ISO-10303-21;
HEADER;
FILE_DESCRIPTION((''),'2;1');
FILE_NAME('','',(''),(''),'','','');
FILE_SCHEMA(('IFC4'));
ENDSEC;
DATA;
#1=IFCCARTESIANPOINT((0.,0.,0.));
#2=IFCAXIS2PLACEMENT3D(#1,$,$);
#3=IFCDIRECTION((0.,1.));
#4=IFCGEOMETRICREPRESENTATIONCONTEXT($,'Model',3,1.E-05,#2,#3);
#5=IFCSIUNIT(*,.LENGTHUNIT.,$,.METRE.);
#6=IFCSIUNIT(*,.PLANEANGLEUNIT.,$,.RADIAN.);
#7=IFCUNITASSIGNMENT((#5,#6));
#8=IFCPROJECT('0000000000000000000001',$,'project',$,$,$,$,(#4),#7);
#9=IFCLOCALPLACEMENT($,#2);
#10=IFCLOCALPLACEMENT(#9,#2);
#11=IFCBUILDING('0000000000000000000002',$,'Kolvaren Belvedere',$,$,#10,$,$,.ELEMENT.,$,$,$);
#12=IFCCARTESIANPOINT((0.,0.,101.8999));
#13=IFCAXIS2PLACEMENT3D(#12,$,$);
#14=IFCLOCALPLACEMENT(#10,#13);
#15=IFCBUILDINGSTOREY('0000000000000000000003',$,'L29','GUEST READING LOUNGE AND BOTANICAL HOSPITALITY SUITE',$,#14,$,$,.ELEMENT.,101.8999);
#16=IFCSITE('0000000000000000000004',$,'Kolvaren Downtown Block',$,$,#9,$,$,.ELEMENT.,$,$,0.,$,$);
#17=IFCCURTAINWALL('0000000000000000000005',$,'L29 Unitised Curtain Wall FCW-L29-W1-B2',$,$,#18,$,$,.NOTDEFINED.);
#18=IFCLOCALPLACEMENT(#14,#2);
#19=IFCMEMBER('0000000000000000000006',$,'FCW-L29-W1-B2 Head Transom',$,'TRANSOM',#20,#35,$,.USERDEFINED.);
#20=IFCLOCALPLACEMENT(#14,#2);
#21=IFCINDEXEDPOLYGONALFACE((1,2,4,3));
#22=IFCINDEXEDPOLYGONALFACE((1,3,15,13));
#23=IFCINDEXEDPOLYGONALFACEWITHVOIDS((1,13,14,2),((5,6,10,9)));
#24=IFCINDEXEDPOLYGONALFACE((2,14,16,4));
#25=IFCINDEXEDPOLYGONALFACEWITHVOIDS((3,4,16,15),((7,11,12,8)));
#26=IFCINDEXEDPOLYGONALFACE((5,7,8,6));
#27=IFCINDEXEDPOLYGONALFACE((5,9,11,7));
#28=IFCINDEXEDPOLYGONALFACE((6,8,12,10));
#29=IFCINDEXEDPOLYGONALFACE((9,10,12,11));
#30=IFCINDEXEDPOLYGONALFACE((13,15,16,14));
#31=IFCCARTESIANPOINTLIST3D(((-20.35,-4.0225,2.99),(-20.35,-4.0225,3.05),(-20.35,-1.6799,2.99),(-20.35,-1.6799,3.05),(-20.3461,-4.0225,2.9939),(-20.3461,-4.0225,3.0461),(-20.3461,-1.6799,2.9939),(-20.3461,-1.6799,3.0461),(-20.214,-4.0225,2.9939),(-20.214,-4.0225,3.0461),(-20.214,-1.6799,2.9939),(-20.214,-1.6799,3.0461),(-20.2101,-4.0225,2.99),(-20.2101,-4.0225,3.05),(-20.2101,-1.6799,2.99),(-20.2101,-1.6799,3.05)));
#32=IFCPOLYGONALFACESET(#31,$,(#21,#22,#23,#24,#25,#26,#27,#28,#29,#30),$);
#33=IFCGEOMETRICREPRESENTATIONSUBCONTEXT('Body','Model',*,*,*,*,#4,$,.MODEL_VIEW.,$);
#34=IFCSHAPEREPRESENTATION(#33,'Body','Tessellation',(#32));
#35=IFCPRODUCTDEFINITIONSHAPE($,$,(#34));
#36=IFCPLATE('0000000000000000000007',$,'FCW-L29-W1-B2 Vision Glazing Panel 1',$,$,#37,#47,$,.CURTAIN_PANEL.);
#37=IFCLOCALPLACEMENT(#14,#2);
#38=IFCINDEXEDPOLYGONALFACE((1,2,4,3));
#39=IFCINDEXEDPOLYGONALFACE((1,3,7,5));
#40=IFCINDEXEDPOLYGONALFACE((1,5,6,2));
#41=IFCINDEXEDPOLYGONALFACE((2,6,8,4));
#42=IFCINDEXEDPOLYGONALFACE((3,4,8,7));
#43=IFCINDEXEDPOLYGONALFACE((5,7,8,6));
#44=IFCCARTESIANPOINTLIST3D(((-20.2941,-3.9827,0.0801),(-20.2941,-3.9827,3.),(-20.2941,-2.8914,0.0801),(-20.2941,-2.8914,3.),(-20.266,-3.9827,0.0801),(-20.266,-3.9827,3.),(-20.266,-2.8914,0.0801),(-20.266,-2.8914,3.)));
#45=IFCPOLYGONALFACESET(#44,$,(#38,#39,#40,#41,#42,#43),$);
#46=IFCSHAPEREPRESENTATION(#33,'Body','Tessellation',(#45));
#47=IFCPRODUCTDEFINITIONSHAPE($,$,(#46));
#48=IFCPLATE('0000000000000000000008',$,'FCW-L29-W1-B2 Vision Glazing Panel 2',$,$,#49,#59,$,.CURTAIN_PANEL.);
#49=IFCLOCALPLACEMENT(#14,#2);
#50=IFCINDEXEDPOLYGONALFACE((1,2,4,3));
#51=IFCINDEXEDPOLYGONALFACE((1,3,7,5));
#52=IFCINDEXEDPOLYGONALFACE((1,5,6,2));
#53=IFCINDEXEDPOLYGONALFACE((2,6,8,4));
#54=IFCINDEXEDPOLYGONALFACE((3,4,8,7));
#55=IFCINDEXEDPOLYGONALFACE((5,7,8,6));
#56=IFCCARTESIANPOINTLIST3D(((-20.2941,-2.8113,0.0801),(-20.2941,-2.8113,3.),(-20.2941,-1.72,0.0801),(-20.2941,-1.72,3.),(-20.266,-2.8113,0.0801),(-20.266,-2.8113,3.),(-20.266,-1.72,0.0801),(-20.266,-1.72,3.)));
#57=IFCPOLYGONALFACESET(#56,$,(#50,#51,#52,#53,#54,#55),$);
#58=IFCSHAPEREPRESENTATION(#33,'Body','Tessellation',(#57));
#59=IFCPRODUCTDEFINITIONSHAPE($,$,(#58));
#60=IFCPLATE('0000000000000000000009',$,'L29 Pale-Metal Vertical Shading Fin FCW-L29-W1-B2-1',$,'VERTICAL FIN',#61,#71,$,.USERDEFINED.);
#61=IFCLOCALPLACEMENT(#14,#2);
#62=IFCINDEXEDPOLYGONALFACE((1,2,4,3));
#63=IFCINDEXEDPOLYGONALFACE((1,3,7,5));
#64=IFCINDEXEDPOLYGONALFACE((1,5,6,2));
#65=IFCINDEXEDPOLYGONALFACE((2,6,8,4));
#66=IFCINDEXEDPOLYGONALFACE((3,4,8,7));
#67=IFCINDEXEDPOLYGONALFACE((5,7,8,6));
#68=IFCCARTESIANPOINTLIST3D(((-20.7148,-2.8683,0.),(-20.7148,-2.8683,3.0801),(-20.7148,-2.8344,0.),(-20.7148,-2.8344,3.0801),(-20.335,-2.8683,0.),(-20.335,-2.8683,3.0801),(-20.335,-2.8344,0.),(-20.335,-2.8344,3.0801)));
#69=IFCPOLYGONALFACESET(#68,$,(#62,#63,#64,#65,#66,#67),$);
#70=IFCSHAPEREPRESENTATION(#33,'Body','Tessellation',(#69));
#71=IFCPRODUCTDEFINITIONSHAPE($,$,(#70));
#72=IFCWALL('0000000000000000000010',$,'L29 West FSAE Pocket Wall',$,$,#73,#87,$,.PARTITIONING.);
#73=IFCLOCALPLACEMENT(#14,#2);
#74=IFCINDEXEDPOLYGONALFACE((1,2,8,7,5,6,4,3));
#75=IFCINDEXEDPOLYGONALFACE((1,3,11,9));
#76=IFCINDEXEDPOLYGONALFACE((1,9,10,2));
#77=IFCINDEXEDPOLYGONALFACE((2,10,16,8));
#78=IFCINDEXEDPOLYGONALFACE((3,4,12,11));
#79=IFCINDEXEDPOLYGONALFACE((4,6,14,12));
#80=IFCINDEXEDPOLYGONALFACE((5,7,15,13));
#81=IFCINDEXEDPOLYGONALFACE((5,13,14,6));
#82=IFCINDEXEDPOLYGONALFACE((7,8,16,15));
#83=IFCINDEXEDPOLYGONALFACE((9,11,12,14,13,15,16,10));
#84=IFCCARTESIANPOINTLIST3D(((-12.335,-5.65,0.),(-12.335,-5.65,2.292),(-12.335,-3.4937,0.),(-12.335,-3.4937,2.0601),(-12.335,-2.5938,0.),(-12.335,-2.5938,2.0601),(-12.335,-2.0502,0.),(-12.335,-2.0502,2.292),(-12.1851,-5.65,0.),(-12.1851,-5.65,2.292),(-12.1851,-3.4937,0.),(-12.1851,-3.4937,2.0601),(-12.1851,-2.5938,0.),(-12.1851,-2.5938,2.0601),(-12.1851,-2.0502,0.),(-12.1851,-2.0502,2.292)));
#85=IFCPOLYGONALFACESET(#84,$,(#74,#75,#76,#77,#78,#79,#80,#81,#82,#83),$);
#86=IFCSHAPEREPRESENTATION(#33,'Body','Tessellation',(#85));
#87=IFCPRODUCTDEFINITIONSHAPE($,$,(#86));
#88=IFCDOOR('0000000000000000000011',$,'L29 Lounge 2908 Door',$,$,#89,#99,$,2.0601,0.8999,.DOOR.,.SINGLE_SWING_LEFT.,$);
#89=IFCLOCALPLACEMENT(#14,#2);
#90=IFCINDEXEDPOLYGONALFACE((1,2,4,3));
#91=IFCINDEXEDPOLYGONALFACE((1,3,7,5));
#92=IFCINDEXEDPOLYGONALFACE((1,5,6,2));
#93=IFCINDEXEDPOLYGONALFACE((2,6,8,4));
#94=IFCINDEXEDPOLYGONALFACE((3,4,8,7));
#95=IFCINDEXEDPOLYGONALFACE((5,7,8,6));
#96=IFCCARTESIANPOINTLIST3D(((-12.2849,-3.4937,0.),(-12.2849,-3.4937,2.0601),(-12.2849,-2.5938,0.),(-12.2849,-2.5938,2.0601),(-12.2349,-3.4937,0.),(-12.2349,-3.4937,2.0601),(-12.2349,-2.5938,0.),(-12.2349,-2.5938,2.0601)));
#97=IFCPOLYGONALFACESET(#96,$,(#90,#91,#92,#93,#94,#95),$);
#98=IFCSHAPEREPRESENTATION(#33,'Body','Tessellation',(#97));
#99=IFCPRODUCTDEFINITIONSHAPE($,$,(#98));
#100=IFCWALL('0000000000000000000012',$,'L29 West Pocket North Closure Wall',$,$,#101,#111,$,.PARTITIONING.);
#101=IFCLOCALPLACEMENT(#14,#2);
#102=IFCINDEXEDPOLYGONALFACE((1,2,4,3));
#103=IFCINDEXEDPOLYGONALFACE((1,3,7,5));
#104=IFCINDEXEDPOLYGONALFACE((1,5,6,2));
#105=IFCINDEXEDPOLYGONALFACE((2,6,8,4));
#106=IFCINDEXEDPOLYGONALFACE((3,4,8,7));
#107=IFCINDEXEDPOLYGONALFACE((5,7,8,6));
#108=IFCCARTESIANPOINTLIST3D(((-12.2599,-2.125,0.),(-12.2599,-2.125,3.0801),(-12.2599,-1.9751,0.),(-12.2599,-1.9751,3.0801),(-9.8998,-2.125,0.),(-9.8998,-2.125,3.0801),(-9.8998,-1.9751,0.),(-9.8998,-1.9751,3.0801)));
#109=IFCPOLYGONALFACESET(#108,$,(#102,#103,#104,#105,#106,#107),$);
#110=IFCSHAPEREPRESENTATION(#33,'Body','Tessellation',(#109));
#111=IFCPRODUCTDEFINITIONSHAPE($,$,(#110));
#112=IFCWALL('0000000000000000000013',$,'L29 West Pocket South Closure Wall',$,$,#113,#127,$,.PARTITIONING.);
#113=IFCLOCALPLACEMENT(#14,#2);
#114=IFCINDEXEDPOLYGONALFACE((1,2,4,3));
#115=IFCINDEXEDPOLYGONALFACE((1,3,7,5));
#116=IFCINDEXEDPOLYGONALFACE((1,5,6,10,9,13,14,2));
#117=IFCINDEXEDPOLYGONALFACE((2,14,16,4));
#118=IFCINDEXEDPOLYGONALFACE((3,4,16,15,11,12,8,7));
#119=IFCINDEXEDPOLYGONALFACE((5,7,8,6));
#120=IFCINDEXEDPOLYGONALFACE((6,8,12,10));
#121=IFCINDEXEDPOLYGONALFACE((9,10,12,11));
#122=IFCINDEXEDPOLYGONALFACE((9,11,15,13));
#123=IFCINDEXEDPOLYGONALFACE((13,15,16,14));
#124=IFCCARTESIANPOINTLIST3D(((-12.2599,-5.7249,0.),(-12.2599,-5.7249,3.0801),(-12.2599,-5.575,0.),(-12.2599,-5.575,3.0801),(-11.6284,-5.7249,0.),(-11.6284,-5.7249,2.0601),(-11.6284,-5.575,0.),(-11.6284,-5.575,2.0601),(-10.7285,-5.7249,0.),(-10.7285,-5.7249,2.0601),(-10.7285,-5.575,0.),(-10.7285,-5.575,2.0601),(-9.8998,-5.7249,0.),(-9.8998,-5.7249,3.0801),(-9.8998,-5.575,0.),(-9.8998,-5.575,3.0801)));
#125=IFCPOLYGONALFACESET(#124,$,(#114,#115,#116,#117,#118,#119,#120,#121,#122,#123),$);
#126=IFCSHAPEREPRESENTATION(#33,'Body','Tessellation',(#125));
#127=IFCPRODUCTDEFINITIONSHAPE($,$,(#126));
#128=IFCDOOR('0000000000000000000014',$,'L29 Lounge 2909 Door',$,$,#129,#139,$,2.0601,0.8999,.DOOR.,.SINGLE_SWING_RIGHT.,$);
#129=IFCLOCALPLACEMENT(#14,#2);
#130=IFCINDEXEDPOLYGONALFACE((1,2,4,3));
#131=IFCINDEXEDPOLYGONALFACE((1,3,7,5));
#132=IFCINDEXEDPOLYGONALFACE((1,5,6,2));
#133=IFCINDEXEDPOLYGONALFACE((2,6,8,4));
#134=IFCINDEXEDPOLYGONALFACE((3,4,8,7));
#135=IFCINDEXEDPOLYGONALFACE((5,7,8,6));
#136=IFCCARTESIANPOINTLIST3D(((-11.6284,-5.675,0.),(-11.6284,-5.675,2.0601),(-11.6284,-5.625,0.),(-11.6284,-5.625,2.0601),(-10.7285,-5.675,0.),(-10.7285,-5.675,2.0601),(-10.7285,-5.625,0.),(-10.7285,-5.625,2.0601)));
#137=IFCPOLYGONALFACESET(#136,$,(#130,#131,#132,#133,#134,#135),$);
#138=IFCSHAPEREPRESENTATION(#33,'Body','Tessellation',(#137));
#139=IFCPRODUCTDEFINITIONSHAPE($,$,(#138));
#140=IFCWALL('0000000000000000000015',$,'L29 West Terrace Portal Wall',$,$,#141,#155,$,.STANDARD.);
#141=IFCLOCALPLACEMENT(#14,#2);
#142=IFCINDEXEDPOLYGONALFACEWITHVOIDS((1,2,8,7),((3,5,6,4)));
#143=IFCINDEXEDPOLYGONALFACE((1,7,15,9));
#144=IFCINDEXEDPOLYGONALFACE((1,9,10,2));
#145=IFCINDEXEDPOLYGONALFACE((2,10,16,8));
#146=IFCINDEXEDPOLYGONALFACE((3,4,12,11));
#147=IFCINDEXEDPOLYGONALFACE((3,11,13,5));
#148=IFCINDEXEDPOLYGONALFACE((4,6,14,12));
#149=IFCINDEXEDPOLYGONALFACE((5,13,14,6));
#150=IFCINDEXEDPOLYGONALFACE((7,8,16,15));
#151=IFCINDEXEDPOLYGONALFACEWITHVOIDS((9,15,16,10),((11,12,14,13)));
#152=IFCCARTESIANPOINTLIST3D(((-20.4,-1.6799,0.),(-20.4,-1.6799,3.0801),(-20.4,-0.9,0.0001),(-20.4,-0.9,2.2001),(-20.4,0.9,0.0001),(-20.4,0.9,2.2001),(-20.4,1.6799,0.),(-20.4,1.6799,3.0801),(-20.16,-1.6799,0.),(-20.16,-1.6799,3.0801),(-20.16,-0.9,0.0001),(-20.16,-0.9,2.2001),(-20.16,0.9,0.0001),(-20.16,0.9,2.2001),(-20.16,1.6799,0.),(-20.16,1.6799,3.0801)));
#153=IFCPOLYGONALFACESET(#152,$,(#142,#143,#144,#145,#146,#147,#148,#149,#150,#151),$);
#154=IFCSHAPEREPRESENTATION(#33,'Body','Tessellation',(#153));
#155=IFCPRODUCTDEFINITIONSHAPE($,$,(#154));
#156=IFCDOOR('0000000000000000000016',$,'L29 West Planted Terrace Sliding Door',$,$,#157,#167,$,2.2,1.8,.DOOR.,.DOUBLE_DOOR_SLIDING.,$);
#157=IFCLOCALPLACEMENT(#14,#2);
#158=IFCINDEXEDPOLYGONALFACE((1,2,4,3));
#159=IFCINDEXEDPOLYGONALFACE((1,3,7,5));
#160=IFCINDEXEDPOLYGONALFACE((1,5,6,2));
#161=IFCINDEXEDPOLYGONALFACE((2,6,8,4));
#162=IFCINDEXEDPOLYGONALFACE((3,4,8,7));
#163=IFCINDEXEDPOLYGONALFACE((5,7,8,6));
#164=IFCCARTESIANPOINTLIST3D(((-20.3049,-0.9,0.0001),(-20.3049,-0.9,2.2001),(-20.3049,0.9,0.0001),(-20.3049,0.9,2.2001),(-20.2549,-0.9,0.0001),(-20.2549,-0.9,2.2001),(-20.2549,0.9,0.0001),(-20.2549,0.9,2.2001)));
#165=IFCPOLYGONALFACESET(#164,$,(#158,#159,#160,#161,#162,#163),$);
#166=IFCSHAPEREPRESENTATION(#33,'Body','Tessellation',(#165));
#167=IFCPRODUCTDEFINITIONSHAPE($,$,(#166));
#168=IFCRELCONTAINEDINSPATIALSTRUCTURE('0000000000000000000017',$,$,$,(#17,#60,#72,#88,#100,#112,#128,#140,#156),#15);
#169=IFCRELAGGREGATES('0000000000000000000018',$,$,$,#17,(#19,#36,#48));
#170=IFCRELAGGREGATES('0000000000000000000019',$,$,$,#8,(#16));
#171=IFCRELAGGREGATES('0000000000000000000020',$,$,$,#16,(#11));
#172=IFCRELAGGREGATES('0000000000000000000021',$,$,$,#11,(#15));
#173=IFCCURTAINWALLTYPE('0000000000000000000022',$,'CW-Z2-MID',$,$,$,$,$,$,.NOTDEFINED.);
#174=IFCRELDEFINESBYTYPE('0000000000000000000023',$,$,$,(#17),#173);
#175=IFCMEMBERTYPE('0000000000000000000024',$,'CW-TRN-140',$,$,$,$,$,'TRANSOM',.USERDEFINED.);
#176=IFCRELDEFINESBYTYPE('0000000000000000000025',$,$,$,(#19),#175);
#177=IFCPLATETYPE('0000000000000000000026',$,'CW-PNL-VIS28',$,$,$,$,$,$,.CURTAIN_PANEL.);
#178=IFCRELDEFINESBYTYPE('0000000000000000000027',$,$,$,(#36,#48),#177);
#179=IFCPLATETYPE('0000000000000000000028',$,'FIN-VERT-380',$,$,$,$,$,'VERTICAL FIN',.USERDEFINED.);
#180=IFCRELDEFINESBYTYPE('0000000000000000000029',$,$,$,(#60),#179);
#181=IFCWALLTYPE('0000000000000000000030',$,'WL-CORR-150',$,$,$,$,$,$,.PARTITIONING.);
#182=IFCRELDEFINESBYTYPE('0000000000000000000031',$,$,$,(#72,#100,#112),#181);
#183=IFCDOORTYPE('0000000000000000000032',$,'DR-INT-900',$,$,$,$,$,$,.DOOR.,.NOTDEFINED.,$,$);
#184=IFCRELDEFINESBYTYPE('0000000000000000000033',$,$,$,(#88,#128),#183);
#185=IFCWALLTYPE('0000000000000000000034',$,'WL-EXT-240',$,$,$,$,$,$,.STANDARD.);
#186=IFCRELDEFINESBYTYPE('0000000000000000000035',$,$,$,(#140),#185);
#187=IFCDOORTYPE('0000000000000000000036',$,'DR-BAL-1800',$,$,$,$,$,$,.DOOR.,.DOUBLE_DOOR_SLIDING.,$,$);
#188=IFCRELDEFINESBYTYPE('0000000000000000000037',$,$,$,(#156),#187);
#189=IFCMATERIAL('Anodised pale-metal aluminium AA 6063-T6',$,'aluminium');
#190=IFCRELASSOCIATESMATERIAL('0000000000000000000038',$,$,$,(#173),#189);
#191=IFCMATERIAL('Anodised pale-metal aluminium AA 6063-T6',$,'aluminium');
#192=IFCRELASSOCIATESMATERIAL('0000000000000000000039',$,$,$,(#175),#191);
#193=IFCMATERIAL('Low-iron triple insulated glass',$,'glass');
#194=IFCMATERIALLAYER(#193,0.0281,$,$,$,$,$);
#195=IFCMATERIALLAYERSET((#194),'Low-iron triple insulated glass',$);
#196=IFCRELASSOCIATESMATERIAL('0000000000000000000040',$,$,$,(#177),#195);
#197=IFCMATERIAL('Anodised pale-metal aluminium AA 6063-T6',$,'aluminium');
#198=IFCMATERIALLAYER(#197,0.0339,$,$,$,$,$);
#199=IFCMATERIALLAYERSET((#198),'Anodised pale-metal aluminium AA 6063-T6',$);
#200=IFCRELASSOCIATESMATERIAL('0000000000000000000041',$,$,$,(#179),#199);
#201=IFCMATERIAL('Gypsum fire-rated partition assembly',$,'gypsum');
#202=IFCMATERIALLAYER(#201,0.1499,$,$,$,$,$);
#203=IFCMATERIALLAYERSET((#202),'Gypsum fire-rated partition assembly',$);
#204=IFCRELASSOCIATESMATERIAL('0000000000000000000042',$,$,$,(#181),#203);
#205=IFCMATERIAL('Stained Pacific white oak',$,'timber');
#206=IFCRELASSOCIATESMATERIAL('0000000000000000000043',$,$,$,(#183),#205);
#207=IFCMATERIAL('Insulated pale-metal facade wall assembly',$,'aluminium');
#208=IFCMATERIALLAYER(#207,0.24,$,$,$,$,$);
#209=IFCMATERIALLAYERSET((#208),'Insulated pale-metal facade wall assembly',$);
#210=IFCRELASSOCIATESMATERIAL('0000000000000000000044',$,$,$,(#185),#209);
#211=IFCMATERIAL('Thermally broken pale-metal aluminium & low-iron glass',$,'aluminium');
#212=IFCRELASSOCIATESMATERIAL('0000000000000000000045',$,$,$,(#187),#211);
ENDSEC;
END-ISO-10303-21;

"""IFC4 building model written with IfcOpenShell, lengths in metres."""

from ifc_helpers import new_model, si_unit, direction, frame, frame_2d, origin, origin_2d, place, context, subcontext, project, spatial, rectangle, hollow_rectangle, extrude, material, layer, layer_set, material_profile, profile_set, type_object, element, fill, aggregate, save


model = new_model("IFC4")

# Units and contexts
model_context = context("Model", 3, precision=1e-05, world=origin(), true_north=direction((0.0, 1.0)))
body_context = subcontext(model_context, "Body", "Model", "MODEL_VIEW")
ifc_project = project(units=[si_unit("LENGTHUNIT", "METRE"), si_unit("PLANEANGLEUNIT", "RADIAN")], contexts=[model_context])

# Site, building, storey
site_placement = place(None, origin())
site = spatial("IfcSite", under=ifc_project, at=site_placement, Name="Kolvaren Downtown Block", CompositionType="ELEMENT", RefElevation=0.0)
building_placement = place(site_placement, origin())
building = spatial("IfcBuilding", under=site, at=building_placement, Name="Kolvaren Belvedere", CompositionType="ELEMENT")
storey_placement = place(building_placement, frame((0.0, 0.0, 101.8999)))
storey = spatial("IfcBuildingStorey", under=building, at=storey_placement, Name="L29", Description="GUEST READING LOUNGE AND BOTANICAL HOSPITALITY SUITE", CompositionType="ELEMENT", Elevation=101.8999)

# Shared definitions
ifc_material_1 = material(Name="Anodised pale-metal aluminium AA 6063-T6", Category="aluminium")
curtain_wall_type = type_object("IfcCurtainWallType", Name="CW-Z2-MID", PredefinedType="NOTDEFINED", material=ifc_material_1)

# Curtain wall, member, plates
curtain_wall_1_placement = place(storey_placement, origin())
curtain_wall_1 = element("IfcCurtainWall", 1, at=curtain_wall_1_placement, inside=storey, type_object=curtain_wall_type, Name="L29 Unitised Curtain Wall FCW-L29-W1-B2", PredefinedType="NOTDEFINED")
ifc_material_2 = material(Name="Anodised pale-metal aluminium AA 6063-T6", Category="aluminium")
ifc_material_profile_1 = material_profile(ifc_material_2, hollow_rectangle(XDim=0.0601, YDim=0.1399, WallThickness=0.0039, at=origin_2d()), Name="ALU-TRN-140X60")
ifc_profile_set_1 = profile_set([ifc_material_profile_1], Name="Anodised pale-metal aluminium AA 6063-T6")
member_type_1 = type_object("IfcMemberType", Name="CW-TRN-140", ElementType="TRANSOM", PredefinedType="USERDEFINED", material=ifc_profile_set_1)
member_1_placement = place(storey_placement, frame((-20.28, -4.0225, 3.02), z_axis=(0.0, 1.0, 0.0), x_axis=(0.0, 0.0, 1.0)))
member_1 = element("IfcMember", 2, at=member_1_placement, type_object=member_type_1, Name="FCW-L29-W1-B2 Head Transom", ObjectType="TRANSOM", PredefinedType="USERDEFINED", context=body_context, shape_type="SweptSolid", body=[
    extrude(hollow_rectangle(XDim=0.0601, YDim=0.1399, WallThickness=0.0039, at=origin_2d()), origin(), (0.0, 0.0, 1.0), 2.3425),
])
ifc_material_3 = material(Name="Low-iron triple insulated glass", Category="glass")
ifc_layer_1 = layer(ifc_material_3, 0.0281)
ifc_layer_set_1 = layer_set([ifc_layer_1], Name="Low-iron triple insulated glass")
plate_type_1 = type_object("IfcPlateType", Name="CW-PNL-VIS28", PredefinedType="CURTAIN_PANEL", material=ifc_layer_set_1)
plate_1_placement = place(storey_placement, frame((-20.28, -3.437, 0.0801), z_axis=(0.0, 0.0, 1.0), x_axis=(0.0, 1.0, 0.0)))
plate_1 = element("IfcPlate", 3, at=plate_1_placement, type_object=plate_type_1, Name="FCW-L29-W1-B2 Vision Glazing Panel 1", PredefinedType="CURTAIN_PANEL", context=body_context, shape_type="SweptSolid", body=[
    extrude(rectangle(XDim=1.0913, YDim=0.0281, at=origin_2d()), origin(), (0.0, 0.0, 1.0), 2.9199),
])
plate_2_placement = place(storey_placement, frame((-20.28, -2.2656, 0.0801), z_axis=(0.0, 0.0, 1.0), x_axis=(0.0, 1.0, 0.0)))
plate_2 = element("IfcPlate", 4, at=plate_2_placement, type_object=plate_type_1, Name="FCW-L29-W1-B2 Vision Glazing Panel 2", PredefinedType="CURTAIN_PANEL", context=body_context, shape_type="SweptSolid", body=[
    extrude(rectangle(XDim=1.0913, YDim=0.0281, at=origin_2d()), origin(), (0.0, 0.0, 1.0), 2.9199),
])
aggregate(curtain_wall_1, [member_1, plate_1, plate_2])

# Plate
ifc_material_4 = material(Name="Anodised pale-metal aluminium AA 6063-T6", Category="aluminium")
ifc_layer_2 = layer(ifc_material_4, 0.0339)
ifc_layer_set_2 = layer_set([ifc_layer_2], Name="Anodised pale-metal aluminium AA 6063-T6")
plate_type_2 = type_object("IfcPlateType", Name="FIN-VERT-380", ElementType="VERTICAL FIN", PredefinedType="USERDEFINED", material=ifc_layer_set_2)
plate_3_placement = place(storey_placement, frame((-20.5249, -2.8513, 0.0), z_axis=(0.0, 0.0, 1.0), x_axis=(1.0, 0.0, 0.0)))
element("IfcPlate", 5, at=plate_3_placement, inside=storey, type_object=plate_type_2, Name="L29 Pale-Metal Vertical Shading Fin FCW-L29-W1-B2-1", ObjectType="VERTICAL FIN", PredefinedType="USERDEFINED", context=body_context, shape_type="SweptSolid", body=[
    extrude(rectangle(XDim=0.3799, YDim=0.0339, at=origin_2d()), origin(), (0.0, 0.0, 1.0), 3.0801),
])

# Wall, opening, door
ifc_material_5 = material(Name="Gypsum fire-rated partition assembly", Category="gypsum")
ifc_layer_3 = layer(ifc_material_5, 0.1499)
ifc_layer_set_3 = layer_set([ifc_layer_3], Name="Gypsum fire-rated partition assembly")
wall_type_1 = type_object("IfcWallType", Name="WL-CORR-150", PredefinedType="PARTITIONING", material=ifc_layer_set_3)
wall_1_placement = place(storey_placement, frame((-12.26, -5.6499, 0.0), z_axis=(0.0, 0.0, 1.0), x_axis=(0.0, 1.0, 0.0)))
wall_1 = element("IfcWall", 6, at=wall_1_placement, inside=storey, type_object=wall_type_1, Name="L29 West FSAE Pocket Wall", PredefinedType="PARTITIONING", context=body_context, shape_type="SweptSolid", body=[
    extrude(rectangle(XDim=3.5999, YDim=0.1499, at=frame_2d((1.7998, 0.0))), origin(), (0.0, 0.0, 1.0), 2.292),
])
opening_1_placement = place(wall_1_placement, frame((2.1562, 0.0, 0.0)))
opening_1 = element("IfcOpeningElement", 7, at=opening_1_placement, cuts=wall_1, PredefinedType="OPENING", context=body_context, shape_type="SweptSolid", body=[
    extrude(rectangle(XDim=0.8999, YDim=2.0601, at=frame_2d((0.45, 1.03))), frame((0.0, 0.085, 0.0), z_axis=(0.0, -1.0, 0.0), x_axis=(1.0, 0.0, 0.0)), (0.0, 0.0, 1.0), 0.1699),
])
ifc_material_6 = material(Name="Stained Pacific white oak", Category="timber")
door_type_1 = type_object("IfcDoorType", Name="DR-INT-900", OperationType="NOTDEFINED", PredefinedType="DOOR", material=ifc_material_6)
door_1_placement = place(opening_1_placement, origin())
door_1 = element("IfcDoor", 8, at=door_1_placement, inside=storey, type_object=door_type_1, Name="L29 Lounge 2908 Door", OperationType="SINGLE_SWING_LEFT", OverallHeight=2.0601, OverallWidth=0.8999, PredefinedType="DOOR", context=body_context, shape_type="SweptSolid", body=[
    extrude(rectangle(XDim=0.8999, YDim=2.0601, at=frame_2d((0.45, 1.03))), frame((0.0, 0.0249, 0.0), z_axis=(0.0, -1.0, 0.0), x_axis=(1.0, 0.0, 0.0)), (0.0, 0.0, 1.0), 0.05),
])
fill(opening_1, door_1)

# Wall
wall_2_placement = place(storey_placement, frame((-12.26, -2.05, 0.0), z_axis=(0.0, 0.0, 1.0), x_axis=(1.0, 0.0, 0.0)))
element("IfcWall", 9, at=wall_2_placement, inside=storey, type_object=wall_type_1, Name="L29 West Pocket North Closure Wall", PredefinedType="PARTITIONING", context=body_context, shape_type="SweptSolid", body=[
    extrude(rectangle(XDim=2.3601, YDim=0.1499, at=frame_2d((1.1802, 0.0))), origin(), (0.0, 0.0, 1.0), 3.0801),
])

# Walls, openings, doors
wall_3_placement = place(storey_placement, frame((-12.26, -5.6499, 0.0), z_axis=(0.0, 0.0, 1.0), x_axis=(1.0, 0.0, 0.0)))
wall_3 = element("IfcWall", 10, at=wall_3_placement, inside=storey, type_object=wall_type_1, Name="L29 West Pocket South Closure Wall", PredefinedType="PARTITIONING", context=body_context, shape_type="SweptSolid", body=[
    extrude(rectangle(XDim=2.3601, YDim=0.1499, at=frame_2d((1.1802, 0.0))), origin(), (0.0, 0.0, 1.0), 3.0801),
])
opening_2_placement = place(wall_3_placement, frame((0.6316, 0.0, 0.0)))
opening_2 = element("IfcOpeningElement", 11, at=opening_2_placement, cuts=wall_3, PredefinedType="OPENING", context=body_context, shape_type="SweptSolid", body=[
    extrude(rectangle(XDim=0.8999, YDim=2.0601, at=frame_2d((0.45, 1.03))), frame((0.0, 0.085, 0.0), z_axis=(0.0, -1.0, 0.0), x_axis=(1.0, 0.0, 0.0)), (0.0, 0.0, 1.0), 0.1699),
])
door_2_placement = place(opening_2_placement, origin())
door_2 = element("IfcDoor", 12, at=door_2_placement, inside=storey, type_object=door_type_1, Name="L29 Lounge 2909 Door", OperationType="SINGLE_SWING_RIGHT", OverallHeight=2.0601, OverallWidth=0.8999, PredefinedType="DOOR", context=body_context, shape_type="SweptSolid", body=[
    extrude(rectangle(XDim=0.8999, YDim=2.0601, at=frame_2d((0.45, 1.03))), frame((0.0, 0.0249, 0.0), z_axis=(0.0, -1.0, 0.0), x_axis=(1.0, 0.0, 0.0)), (0.0, 0.0, 1.0), 0.05),
])
fill(opening_2, door_2)
ifc_material_7 = material(Name="Insulated pale-metal facade wall assembly", Category="aluminium")
ifc_layer_4 = layer(ifc_material_7, 0.24)
ifc_layer_set_4 = layer_set([ifc_layer_4], Name="Insulated pale-metal facade wall assembly")
wall_type_2 = type_object("IfcWallType", Name="WL-EXT-240", PredefinedType="STANDARD", material=ifc_layer_set_4)
wall_4_placement = place(storey_placement, frame((-20.28, -1.6799, 0.0), z_axis=(0.0, 0.0, 1.0), x_axis=(0.0, 1.0, 0.0)))
wall_4 = element("IfcWall", 13, at=wall_4_placement, inside=storey, type_object=wall_type_2, Name="L29 West Terrace Portal Wall", PredefinedType="STANDARD", context=body_context, shape_type="SweptSolid", body=[
    extrude(rectangle(XDim=3.3599, YDim=0.24, at=frame_2d((1.6799, 0.0))), origin(), (0.0, 0.0, 1.0), 3.0801),
])
opening_3_placement = place(wall_4_placement, frame((0.78, 0.0, 0.0)))
opening_3 = element("IfcOpeningElement", 14, at=opening_3_placement, cuts=wall_4, PredefinedType="OPENING", context=body_context, shape_type="SweptSolid", body=[
    extrude(rectangle(XDim=1.8, YDim=2.2, at=frame_2d((0.8999, 1.1001))), frame((0.0, 0.1299, 0.0), z_axis=(0.0, -1.0, 0.0), x_axis=(1.0, 0.0, 0.0)), (0.0, 0.0, 1.0), 0.26),
])
ifc_material_8 = material(Name="Thermally broken pale-metal aluminium & low-iron glass", Category="aluminium")
door_type_2 = type_object("IfcDoorType", Name="DR-BAL-1800", OperationType="DOUBLE_DOOR_SLIDING", PredefinedType="DOOR", material=ifc_material_8)
door_3_placement = place(opening_3_placement, origin())
door_3 = element("IfcDoor", 15, at=door_3_placement, inside=storey, type_object=door_type_2, Name="L29 West Planted Terrace Sliding Door", OperationType="DOUBLE_DOOR_SLIDING", OverallHeight=2.2, OverallWidth=1.8, PredefinedType="DOOR", context=body_context, shape_type="SweptSolid", body=[
    extrude(rectangle(XDim=1.8, YDim=2.2, at=frame_2d((0.8999, 1.1001))), frame((0.0, 0.0249, 0.0), z_axis=(0.0, -1.0, 0.0), x_axis=(1.0, 0.0, 0.0)), (0.0, 0.0, 1.0), 0.05),
])
fill(opening_3, door_3)

save(model, "model.ifc")
